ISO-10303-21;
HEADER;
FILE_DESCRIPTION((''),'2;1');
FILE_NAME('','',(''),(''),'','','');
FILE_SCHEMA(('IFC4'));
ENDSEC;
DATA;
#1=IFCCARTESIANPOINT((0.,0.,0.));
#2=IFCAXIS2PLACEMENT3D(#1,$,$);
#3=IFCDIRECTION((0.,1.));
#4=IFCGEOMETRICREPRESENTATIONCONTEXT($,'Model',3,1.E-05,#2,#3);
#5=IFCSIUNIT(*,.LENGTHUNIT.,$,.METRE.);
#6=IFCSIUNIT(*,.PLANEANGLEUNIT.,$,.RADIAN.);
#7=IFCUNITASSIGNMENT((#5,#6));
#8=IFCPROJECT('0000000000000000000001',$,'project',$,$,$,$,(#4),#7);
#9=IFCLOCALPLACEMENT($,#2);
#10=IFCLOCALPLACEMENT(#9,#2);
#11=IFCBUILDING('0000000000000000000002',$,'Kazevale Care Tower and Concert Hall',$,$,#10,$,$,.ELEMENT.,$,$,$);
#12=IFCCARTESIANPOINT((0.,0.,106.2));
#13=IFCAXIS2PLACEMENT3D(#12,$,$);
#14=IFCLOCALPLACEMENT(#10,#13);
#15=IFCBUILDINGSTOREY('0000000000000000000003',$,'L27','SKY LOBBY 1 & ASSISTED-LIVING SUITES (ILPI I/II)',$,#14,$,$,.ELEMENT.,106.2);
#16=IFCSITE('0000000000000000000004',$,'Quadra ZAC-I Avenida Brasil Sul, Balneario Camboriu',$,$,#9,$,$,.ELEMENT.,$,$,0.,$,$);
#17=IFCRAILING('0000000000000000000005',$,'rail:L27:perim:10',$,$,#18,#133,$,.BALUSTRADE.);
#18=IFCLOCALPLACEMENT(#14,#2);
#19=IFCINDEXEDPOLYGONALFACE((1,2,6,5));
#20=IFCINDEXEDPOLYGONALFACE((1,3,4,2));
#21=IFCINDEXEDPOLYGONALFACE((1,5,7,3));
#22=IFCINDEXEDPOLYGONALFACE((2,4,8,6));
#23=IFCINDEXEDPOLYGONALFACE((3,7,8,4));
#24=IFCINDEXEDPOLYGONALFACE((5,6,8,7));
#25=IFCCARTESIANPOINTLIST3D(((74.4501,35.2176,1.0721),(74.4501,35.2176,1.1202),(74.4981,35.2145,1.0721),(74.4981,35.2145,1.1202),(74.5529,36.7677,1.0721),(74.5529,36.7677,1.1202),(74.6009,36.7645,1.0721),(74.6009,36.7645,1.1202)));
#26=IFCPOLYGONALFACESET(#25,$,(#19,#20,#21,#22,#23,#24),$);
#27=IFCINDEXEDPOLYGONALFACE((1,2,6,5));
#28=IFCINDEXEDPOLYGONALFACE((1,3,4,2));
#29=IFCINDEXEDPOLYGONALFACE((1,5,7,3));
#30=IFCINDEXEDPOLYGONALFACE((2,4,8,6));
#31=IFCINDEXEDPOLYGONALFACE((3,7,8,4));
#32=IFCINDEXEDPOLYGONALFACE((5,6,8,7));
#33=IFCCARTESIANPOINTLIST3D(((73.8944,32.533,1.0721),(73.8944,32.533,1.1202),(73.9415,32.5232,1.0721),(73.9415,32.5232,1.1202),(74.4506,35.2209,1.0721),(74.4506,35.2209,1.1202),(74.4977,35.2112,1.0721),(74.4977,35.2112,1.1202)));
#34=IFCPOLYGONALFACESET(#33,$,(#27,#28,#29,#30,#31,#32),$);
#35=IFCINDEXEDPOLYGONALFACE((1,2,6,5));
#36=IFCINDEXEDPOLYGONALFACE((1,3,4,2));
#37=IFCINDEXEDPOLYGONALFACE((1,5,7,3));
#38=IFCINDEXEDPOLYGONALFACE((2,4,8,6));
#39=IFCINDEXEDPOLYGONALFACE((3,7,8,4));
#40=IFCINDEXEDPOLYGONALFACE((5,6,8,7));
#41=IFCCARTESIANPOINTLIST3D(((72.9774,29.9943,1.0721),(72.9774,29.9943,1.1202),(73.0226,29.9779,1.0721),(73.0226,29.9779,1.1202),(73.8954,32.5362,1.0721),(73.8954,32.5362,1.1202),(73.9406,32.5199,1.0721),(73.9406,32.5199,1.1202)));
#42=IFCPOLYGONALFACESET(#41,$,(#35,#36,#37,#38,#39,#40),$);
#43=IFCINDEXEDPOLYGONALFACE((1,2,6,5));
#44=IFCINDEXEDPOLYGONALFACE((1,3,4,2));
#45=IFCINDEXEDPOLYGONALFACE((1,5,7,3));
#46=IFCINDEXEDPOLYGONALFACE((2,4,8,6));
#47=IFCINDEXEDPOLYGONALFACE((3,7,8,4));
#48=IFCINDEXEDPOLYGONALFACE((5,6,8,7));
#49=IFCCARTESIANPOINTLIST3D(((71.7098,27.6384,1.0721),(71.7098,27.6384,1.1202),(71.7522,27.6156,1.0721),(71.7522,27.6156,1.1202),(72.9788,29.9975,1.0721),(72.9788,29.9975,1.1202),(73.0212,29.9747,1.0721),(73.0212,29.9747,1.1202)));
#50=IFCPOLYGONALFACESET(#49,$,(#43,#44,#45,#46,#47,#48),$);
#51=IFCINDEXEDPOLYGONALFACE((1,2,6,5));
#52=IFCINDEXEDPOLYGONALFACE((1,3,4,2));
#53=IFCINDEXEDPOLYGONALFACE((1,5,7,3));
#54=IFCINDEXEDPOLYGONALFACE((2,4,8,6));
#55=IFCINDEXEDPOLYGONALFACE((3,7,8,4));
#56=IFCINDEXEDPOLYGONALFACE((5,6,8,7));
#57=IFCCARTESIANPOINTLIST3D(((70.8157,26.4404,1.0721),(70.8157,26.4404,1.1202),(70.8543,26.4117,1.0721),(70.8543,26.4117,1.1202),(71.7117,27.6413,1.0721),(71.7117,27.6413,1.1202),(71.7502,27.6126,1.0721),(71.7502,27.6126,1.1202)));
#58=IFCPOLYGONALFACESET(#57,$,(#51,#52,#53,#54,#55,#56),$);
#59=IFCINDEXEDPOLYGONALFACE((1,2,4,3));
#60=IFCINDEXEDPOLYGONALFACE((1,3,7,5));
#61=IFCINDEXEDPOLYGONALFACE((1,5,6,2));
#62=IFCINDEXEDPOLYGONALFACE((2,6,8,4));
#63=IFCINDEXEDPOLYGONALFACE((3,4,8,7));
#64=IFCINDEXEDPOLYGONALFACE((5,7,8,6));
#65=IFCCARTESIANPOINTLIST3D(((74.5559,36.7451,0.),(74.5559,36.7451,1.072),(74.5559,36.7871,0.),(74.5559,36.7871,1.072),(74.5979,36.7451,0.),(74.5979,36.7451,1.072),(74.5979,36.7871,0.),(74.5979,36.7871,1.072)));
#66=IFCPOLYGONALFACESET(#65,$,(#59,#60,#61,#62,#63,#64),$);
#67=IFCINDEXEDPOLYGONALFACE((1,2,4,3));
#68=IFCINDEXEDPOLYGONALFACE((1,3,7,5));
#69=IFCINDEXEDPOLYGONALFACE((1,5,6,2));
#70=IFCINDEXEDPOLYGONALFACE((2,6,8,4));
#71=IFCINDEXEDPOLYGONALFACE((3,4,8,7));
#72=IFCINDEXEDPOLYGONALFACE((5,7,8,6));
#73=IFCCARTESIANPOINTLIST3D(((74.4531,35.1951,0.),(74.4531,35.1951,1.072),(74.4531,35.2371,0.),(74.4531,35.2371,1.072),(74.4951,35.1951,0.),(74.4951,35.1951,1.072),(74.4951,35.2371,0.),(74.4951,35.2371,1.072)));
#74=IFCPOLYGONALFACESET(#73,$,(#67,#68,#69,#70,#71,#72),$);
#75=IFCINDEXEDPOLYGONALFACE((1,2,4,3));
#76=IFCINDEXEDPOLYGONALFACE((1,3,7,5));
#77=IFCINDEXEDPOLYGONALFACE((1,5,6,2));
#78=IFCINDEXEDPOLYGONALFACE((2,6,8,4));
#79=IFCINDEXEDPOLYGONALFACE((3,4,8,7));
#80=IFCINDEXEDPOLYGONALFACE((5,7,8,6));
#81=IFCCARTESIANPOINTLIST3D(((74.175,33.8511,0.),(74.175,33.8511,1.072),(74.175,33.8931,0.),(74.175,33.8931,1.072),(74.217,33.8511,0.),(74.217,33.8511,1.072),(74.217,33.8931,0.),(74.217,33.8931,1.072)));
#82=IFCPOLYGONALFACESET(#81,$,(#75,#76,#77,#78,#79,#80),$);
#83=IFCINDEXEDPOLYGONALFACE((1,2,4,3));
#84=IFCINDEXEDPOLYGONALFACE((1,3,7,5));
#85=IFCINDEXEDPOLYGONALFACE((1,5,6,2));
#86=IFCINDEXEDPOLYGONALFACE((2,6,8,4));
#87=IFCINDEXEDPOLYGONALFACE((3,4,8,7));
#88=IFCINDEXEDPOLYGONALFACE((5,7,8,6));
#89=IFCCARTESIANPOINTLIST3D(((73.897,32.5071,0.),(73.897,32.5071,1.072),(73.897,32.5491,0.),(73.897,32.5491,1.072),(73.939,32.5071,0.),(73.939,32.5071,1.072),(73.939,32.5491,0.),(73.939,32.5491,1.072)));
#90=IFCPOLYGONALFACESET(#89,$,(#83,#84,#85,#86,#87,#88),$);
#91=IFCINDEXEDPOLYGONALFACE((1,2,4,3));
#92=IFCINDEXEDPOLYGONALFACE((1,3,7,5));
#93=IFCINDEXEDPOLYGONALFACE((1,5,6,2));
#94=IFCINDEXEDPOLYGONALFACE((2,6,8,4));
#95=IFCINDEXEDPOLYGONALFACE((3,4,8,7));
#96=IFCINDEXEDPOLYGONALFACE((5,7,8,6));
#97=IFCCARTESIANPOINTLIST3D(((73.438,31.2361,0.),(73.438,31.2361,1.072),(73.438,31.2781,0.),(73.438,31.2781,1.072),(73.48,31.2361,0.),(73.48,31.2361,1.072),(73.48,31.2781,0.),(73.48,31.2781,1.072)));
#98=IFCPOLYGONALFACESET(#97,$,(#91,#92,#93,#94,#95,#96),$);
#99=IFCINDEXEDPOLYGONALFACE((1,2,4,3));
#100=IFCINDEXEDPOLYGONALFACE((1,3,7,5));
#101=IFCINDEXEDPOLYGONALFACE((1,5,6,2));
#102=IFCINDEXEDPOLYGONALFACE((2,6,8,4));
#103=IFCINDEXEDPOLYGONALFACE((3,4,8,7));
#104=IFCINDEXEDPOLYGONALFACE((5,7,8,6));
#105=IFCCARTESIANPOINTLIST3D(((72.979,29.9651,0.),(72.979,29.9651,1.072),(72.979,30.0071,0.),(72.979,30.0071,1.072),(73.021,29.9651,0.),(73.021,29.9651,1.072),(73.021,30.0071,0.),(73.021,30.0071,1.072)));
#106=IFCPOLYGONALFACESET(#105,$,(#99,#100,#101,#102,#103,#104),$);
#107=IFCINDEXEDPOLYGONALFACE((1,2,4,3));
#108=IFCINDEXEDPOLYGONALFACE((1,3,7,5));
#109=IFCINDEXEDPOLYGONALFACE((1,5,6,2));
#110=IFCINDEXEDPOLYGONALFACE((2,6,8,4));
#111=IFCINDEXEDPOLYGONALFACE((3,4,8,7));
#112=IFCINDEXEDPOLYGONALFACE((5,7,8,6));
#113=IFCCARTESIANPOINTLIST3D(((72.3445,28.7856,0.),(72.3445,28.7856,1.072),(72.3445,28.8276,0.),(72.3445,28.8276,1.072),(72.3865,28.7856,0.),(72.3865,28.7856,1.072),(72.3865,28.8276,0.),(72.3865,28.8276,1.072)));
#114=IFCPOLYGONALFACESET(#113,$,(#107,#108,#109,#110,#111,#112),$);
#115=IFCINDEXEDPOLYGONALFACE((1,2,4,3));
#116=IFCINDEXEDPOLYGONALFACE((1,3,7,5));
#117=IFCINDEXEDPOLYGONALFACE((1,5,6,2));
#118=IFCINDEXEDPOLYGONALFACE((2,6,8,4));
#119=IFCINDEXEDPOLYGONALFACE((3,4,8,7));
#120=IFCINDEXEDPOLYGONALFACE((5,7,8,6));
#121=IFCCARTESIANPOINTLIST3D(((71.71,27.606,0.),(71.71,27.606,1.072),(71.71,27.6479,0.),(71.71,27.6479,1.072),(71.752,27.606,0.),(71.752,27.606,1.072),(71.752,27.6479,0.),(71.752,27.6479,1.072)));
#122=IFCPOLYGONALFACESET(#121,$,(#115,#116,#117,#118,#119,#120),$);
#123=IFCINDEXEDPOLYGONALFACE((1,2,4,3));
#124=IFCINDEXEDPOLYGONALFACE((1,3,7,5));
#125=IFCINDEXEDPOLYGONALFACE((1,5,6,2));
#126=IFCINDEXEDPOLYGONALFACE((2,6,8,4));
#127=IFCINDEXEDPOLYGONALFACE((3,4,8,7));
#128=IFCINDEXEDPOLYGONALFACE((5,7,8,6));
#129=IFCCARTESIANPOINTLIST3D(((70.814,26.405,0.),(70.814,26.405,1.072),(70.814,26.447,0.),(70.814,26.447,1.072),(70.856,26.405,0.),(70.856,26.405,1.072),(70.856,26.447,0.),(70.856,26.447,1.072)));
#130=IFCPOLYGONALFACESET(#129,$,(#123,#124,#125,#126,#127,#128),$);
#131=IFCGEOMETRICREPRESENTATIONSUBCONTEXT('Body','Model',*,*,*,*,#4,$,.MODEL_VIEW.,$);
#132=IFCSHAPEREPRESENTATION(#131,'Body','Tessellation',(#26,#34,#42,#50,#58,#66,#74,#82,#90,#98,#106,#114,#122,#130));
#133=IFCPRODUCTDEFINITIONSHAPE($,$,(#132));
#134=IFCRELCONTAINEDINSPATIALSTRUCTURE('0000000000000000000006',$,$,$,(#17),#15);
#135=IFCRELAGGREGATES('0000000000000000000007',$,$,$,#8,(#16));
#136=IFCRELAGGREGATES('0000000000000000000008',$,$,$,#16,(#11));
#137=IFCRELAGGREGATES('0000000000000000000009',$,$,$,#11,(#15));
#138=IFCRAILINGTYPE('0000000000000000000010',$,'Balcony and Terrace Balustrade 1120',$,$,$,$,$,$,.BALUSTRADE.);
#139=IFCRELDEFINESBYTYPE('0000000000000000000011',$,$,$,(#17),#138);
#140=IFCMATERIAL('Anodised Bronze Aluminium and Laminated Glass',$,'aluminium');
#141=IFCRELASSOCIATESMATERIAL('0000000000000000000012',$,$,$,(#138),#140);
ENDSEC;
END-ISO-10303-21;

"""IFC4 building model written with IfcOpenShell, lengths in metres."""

from ifc_helpers import new_model, si_unit, direction, frame, origin, origin_2d, place, context, subcontext, project, spatial, rectangle, extrude, material, type_object, element, save


model = new_model("IFC4")

# Units and contexts
model_context = context("Model", 3, precision=1e-05, world=origin(), true_north=direction((0.0, 1.0)))
body_context = subcontext(model_context, "Body", "Model", "MODEL_VIEW")
ifc_project = project(units=[si_unit("LENGTHUNIT", "METRE"), si_unit("PLANEANGLEUNIT", "RADIAN")], contexts=[model_context])

# Site, building, storey
site_placement = place(None, origin())
site = spatial("IfcSite", under=ifc_project, at=site_placement, Name="Quadra ZAC-I Avenida Brasil Sul, Balneario Camboriu", CompositionType="ELEMENT", RefElevation=0.0)
building_placement = place(site_placement, origin())
building = spatial("IfcBuilding", under=site, at=building_placement, Name="Kazevale Care Tower and Concert Hall", CompositionType="ELEMENT")
storey_placement = place(building_placement, frame((0.0, 0.0, 106.2)))
storey = spatial("IfcBuildingStorey", under=building, at=storey_placement, Name="L27", Description="SKY LOBBY 1 & ASSISTED-LIVING SUITES (ILPI I/II)", CompositionType="ELEMENT", Elevation=106.2)

# Railing
ifc_material_1 = material(Name="Anodised Bronze Aluminium and Laminated Glass", Category="aluminium")
railing_type = type_object("IfcRailingType", Name="Balcony and Terrace Balustrade 1120", PredefinedType="BALUSTRADE", material=ifc_material_1)
railing_placement = place(storey_placement, frame((74.5769, 36.7661, 0.0)))
element("IfcRailing", 1, at=railing_placement, inside=storey, type_object=railing_type, Name="rail:L27:perim:10", PredefinedType="BALUSTRADE", context=body_context, shape_type="SweptSolid", body=[
    extrude(rectangle(XDim=0.0481, YDim=0.0481, at=origin_2d()), frame((0.0, 0.0, 1.0962), z_axis=(-0.066164, -0.997809, 0.0), x_axis=(0.997809, -0.066164, 0.0)), (0.0, 0.0, 1.0), 1.5535),
    extrude(rectangle(XDim=0.0481, YDim=0.0481, at=origin_2d()), frame((-0.1028, -1.55, 1.0962), z_axis=(-0.202611, -0.979259, 0.0), x_axis=(0.979259, -0.202611, 0.0)), (0.0, 0.0, 1.0), 2.7449),
    extrude(rectangle(XDim=0.0481, YDim=0.0481, at=origin_2d()), frame((-0.6589, -4.238, 1.0962), z_axis=(-0.339653, -0.940551, 0.0), x_axis=(0.940551, -0.339653, 0.0)), (0.0, 0.0, 1.0), 2.7026),
    extrude(rectangle(XDim=0.0481, YDim=0.0481, at=origin_2d()), frame((-1.5769, -6.78, 1.0962), z_axis=(-0.473736, -0.880667, 0.0), x_axis=(0.880667, -0.473736, 0.0)), (0.0, 0.0, 1.0), 2.6787),
    extrude(rectangle(XDim=0.0481, YDim=0.0481, at=origin_2d()), frame((-2.8459, -9.1392, 1.0962), z_axis=(-0.597991, -0.801503, 0.0), x_axis=(0.801503, -0.597991, 0.0)), (0.0, 0.0, 1.0), 1.4983),
    extrude(rectangle(XDim=0.042, YDim=0.042, at=origin_2d()), origin(), (0.0, 0.0, 1.0), 1.072),
    extrude(rectangle(XDim=0.042, YDim=0.042, at=origin_2d()), frame((-0.1028, -1.55, 0.0)), (0.0, 0.0, 1.0), 1.072),
    extrude(rectangle(XDim=0.042, YDim=0.042, at=origin_2d()), frame((-0.3809, -2.894, 0.0)), (0.0, 0.0, 1.0), 1.072),
    extrude(rectangle(XDim=0.042, YDim=0.042, at=origin_2d()), frame((-0.6589, -4.238, 0.0)), (0.0, 0.0, 1.0), 1.072),
    extrude(rectangle(XDim=0.042, YDim=0.042, at=origin_2d()), frame((-1.1179, -5.509, 0.0)), (0.0, 0.0, 1.0), 1.072),
    extrude(rectangle(XDim=0.042, YDim=0.042, at=origin_2d()), frame((-1.5769, -6.78, 0.0)), (0.0, 0.0, 1.0), 1.072),
    extrude(rectangle(XDim=0.042, YDim=0.042, at=origin_2d()), frame((-2.2114, -7.9595, 0.0)), (0.0, 0.0, 1.0), 1.072),
    extrude(rectangle(XDim=0.042, YDim=0.042, at=origin_2d()), frame((-2.8459, -9.1392, 0.0)), (0.0, 0.0, 1.0), 1.072),
    extrude(rectangle(XDim=0.042, YDim=0.042, at=origin_2d()), frame((-3.7419, -10.3401, 0.0)), (0.0, 0.0, 1.0), 1.072),
])

save(model, "model.ifc")
